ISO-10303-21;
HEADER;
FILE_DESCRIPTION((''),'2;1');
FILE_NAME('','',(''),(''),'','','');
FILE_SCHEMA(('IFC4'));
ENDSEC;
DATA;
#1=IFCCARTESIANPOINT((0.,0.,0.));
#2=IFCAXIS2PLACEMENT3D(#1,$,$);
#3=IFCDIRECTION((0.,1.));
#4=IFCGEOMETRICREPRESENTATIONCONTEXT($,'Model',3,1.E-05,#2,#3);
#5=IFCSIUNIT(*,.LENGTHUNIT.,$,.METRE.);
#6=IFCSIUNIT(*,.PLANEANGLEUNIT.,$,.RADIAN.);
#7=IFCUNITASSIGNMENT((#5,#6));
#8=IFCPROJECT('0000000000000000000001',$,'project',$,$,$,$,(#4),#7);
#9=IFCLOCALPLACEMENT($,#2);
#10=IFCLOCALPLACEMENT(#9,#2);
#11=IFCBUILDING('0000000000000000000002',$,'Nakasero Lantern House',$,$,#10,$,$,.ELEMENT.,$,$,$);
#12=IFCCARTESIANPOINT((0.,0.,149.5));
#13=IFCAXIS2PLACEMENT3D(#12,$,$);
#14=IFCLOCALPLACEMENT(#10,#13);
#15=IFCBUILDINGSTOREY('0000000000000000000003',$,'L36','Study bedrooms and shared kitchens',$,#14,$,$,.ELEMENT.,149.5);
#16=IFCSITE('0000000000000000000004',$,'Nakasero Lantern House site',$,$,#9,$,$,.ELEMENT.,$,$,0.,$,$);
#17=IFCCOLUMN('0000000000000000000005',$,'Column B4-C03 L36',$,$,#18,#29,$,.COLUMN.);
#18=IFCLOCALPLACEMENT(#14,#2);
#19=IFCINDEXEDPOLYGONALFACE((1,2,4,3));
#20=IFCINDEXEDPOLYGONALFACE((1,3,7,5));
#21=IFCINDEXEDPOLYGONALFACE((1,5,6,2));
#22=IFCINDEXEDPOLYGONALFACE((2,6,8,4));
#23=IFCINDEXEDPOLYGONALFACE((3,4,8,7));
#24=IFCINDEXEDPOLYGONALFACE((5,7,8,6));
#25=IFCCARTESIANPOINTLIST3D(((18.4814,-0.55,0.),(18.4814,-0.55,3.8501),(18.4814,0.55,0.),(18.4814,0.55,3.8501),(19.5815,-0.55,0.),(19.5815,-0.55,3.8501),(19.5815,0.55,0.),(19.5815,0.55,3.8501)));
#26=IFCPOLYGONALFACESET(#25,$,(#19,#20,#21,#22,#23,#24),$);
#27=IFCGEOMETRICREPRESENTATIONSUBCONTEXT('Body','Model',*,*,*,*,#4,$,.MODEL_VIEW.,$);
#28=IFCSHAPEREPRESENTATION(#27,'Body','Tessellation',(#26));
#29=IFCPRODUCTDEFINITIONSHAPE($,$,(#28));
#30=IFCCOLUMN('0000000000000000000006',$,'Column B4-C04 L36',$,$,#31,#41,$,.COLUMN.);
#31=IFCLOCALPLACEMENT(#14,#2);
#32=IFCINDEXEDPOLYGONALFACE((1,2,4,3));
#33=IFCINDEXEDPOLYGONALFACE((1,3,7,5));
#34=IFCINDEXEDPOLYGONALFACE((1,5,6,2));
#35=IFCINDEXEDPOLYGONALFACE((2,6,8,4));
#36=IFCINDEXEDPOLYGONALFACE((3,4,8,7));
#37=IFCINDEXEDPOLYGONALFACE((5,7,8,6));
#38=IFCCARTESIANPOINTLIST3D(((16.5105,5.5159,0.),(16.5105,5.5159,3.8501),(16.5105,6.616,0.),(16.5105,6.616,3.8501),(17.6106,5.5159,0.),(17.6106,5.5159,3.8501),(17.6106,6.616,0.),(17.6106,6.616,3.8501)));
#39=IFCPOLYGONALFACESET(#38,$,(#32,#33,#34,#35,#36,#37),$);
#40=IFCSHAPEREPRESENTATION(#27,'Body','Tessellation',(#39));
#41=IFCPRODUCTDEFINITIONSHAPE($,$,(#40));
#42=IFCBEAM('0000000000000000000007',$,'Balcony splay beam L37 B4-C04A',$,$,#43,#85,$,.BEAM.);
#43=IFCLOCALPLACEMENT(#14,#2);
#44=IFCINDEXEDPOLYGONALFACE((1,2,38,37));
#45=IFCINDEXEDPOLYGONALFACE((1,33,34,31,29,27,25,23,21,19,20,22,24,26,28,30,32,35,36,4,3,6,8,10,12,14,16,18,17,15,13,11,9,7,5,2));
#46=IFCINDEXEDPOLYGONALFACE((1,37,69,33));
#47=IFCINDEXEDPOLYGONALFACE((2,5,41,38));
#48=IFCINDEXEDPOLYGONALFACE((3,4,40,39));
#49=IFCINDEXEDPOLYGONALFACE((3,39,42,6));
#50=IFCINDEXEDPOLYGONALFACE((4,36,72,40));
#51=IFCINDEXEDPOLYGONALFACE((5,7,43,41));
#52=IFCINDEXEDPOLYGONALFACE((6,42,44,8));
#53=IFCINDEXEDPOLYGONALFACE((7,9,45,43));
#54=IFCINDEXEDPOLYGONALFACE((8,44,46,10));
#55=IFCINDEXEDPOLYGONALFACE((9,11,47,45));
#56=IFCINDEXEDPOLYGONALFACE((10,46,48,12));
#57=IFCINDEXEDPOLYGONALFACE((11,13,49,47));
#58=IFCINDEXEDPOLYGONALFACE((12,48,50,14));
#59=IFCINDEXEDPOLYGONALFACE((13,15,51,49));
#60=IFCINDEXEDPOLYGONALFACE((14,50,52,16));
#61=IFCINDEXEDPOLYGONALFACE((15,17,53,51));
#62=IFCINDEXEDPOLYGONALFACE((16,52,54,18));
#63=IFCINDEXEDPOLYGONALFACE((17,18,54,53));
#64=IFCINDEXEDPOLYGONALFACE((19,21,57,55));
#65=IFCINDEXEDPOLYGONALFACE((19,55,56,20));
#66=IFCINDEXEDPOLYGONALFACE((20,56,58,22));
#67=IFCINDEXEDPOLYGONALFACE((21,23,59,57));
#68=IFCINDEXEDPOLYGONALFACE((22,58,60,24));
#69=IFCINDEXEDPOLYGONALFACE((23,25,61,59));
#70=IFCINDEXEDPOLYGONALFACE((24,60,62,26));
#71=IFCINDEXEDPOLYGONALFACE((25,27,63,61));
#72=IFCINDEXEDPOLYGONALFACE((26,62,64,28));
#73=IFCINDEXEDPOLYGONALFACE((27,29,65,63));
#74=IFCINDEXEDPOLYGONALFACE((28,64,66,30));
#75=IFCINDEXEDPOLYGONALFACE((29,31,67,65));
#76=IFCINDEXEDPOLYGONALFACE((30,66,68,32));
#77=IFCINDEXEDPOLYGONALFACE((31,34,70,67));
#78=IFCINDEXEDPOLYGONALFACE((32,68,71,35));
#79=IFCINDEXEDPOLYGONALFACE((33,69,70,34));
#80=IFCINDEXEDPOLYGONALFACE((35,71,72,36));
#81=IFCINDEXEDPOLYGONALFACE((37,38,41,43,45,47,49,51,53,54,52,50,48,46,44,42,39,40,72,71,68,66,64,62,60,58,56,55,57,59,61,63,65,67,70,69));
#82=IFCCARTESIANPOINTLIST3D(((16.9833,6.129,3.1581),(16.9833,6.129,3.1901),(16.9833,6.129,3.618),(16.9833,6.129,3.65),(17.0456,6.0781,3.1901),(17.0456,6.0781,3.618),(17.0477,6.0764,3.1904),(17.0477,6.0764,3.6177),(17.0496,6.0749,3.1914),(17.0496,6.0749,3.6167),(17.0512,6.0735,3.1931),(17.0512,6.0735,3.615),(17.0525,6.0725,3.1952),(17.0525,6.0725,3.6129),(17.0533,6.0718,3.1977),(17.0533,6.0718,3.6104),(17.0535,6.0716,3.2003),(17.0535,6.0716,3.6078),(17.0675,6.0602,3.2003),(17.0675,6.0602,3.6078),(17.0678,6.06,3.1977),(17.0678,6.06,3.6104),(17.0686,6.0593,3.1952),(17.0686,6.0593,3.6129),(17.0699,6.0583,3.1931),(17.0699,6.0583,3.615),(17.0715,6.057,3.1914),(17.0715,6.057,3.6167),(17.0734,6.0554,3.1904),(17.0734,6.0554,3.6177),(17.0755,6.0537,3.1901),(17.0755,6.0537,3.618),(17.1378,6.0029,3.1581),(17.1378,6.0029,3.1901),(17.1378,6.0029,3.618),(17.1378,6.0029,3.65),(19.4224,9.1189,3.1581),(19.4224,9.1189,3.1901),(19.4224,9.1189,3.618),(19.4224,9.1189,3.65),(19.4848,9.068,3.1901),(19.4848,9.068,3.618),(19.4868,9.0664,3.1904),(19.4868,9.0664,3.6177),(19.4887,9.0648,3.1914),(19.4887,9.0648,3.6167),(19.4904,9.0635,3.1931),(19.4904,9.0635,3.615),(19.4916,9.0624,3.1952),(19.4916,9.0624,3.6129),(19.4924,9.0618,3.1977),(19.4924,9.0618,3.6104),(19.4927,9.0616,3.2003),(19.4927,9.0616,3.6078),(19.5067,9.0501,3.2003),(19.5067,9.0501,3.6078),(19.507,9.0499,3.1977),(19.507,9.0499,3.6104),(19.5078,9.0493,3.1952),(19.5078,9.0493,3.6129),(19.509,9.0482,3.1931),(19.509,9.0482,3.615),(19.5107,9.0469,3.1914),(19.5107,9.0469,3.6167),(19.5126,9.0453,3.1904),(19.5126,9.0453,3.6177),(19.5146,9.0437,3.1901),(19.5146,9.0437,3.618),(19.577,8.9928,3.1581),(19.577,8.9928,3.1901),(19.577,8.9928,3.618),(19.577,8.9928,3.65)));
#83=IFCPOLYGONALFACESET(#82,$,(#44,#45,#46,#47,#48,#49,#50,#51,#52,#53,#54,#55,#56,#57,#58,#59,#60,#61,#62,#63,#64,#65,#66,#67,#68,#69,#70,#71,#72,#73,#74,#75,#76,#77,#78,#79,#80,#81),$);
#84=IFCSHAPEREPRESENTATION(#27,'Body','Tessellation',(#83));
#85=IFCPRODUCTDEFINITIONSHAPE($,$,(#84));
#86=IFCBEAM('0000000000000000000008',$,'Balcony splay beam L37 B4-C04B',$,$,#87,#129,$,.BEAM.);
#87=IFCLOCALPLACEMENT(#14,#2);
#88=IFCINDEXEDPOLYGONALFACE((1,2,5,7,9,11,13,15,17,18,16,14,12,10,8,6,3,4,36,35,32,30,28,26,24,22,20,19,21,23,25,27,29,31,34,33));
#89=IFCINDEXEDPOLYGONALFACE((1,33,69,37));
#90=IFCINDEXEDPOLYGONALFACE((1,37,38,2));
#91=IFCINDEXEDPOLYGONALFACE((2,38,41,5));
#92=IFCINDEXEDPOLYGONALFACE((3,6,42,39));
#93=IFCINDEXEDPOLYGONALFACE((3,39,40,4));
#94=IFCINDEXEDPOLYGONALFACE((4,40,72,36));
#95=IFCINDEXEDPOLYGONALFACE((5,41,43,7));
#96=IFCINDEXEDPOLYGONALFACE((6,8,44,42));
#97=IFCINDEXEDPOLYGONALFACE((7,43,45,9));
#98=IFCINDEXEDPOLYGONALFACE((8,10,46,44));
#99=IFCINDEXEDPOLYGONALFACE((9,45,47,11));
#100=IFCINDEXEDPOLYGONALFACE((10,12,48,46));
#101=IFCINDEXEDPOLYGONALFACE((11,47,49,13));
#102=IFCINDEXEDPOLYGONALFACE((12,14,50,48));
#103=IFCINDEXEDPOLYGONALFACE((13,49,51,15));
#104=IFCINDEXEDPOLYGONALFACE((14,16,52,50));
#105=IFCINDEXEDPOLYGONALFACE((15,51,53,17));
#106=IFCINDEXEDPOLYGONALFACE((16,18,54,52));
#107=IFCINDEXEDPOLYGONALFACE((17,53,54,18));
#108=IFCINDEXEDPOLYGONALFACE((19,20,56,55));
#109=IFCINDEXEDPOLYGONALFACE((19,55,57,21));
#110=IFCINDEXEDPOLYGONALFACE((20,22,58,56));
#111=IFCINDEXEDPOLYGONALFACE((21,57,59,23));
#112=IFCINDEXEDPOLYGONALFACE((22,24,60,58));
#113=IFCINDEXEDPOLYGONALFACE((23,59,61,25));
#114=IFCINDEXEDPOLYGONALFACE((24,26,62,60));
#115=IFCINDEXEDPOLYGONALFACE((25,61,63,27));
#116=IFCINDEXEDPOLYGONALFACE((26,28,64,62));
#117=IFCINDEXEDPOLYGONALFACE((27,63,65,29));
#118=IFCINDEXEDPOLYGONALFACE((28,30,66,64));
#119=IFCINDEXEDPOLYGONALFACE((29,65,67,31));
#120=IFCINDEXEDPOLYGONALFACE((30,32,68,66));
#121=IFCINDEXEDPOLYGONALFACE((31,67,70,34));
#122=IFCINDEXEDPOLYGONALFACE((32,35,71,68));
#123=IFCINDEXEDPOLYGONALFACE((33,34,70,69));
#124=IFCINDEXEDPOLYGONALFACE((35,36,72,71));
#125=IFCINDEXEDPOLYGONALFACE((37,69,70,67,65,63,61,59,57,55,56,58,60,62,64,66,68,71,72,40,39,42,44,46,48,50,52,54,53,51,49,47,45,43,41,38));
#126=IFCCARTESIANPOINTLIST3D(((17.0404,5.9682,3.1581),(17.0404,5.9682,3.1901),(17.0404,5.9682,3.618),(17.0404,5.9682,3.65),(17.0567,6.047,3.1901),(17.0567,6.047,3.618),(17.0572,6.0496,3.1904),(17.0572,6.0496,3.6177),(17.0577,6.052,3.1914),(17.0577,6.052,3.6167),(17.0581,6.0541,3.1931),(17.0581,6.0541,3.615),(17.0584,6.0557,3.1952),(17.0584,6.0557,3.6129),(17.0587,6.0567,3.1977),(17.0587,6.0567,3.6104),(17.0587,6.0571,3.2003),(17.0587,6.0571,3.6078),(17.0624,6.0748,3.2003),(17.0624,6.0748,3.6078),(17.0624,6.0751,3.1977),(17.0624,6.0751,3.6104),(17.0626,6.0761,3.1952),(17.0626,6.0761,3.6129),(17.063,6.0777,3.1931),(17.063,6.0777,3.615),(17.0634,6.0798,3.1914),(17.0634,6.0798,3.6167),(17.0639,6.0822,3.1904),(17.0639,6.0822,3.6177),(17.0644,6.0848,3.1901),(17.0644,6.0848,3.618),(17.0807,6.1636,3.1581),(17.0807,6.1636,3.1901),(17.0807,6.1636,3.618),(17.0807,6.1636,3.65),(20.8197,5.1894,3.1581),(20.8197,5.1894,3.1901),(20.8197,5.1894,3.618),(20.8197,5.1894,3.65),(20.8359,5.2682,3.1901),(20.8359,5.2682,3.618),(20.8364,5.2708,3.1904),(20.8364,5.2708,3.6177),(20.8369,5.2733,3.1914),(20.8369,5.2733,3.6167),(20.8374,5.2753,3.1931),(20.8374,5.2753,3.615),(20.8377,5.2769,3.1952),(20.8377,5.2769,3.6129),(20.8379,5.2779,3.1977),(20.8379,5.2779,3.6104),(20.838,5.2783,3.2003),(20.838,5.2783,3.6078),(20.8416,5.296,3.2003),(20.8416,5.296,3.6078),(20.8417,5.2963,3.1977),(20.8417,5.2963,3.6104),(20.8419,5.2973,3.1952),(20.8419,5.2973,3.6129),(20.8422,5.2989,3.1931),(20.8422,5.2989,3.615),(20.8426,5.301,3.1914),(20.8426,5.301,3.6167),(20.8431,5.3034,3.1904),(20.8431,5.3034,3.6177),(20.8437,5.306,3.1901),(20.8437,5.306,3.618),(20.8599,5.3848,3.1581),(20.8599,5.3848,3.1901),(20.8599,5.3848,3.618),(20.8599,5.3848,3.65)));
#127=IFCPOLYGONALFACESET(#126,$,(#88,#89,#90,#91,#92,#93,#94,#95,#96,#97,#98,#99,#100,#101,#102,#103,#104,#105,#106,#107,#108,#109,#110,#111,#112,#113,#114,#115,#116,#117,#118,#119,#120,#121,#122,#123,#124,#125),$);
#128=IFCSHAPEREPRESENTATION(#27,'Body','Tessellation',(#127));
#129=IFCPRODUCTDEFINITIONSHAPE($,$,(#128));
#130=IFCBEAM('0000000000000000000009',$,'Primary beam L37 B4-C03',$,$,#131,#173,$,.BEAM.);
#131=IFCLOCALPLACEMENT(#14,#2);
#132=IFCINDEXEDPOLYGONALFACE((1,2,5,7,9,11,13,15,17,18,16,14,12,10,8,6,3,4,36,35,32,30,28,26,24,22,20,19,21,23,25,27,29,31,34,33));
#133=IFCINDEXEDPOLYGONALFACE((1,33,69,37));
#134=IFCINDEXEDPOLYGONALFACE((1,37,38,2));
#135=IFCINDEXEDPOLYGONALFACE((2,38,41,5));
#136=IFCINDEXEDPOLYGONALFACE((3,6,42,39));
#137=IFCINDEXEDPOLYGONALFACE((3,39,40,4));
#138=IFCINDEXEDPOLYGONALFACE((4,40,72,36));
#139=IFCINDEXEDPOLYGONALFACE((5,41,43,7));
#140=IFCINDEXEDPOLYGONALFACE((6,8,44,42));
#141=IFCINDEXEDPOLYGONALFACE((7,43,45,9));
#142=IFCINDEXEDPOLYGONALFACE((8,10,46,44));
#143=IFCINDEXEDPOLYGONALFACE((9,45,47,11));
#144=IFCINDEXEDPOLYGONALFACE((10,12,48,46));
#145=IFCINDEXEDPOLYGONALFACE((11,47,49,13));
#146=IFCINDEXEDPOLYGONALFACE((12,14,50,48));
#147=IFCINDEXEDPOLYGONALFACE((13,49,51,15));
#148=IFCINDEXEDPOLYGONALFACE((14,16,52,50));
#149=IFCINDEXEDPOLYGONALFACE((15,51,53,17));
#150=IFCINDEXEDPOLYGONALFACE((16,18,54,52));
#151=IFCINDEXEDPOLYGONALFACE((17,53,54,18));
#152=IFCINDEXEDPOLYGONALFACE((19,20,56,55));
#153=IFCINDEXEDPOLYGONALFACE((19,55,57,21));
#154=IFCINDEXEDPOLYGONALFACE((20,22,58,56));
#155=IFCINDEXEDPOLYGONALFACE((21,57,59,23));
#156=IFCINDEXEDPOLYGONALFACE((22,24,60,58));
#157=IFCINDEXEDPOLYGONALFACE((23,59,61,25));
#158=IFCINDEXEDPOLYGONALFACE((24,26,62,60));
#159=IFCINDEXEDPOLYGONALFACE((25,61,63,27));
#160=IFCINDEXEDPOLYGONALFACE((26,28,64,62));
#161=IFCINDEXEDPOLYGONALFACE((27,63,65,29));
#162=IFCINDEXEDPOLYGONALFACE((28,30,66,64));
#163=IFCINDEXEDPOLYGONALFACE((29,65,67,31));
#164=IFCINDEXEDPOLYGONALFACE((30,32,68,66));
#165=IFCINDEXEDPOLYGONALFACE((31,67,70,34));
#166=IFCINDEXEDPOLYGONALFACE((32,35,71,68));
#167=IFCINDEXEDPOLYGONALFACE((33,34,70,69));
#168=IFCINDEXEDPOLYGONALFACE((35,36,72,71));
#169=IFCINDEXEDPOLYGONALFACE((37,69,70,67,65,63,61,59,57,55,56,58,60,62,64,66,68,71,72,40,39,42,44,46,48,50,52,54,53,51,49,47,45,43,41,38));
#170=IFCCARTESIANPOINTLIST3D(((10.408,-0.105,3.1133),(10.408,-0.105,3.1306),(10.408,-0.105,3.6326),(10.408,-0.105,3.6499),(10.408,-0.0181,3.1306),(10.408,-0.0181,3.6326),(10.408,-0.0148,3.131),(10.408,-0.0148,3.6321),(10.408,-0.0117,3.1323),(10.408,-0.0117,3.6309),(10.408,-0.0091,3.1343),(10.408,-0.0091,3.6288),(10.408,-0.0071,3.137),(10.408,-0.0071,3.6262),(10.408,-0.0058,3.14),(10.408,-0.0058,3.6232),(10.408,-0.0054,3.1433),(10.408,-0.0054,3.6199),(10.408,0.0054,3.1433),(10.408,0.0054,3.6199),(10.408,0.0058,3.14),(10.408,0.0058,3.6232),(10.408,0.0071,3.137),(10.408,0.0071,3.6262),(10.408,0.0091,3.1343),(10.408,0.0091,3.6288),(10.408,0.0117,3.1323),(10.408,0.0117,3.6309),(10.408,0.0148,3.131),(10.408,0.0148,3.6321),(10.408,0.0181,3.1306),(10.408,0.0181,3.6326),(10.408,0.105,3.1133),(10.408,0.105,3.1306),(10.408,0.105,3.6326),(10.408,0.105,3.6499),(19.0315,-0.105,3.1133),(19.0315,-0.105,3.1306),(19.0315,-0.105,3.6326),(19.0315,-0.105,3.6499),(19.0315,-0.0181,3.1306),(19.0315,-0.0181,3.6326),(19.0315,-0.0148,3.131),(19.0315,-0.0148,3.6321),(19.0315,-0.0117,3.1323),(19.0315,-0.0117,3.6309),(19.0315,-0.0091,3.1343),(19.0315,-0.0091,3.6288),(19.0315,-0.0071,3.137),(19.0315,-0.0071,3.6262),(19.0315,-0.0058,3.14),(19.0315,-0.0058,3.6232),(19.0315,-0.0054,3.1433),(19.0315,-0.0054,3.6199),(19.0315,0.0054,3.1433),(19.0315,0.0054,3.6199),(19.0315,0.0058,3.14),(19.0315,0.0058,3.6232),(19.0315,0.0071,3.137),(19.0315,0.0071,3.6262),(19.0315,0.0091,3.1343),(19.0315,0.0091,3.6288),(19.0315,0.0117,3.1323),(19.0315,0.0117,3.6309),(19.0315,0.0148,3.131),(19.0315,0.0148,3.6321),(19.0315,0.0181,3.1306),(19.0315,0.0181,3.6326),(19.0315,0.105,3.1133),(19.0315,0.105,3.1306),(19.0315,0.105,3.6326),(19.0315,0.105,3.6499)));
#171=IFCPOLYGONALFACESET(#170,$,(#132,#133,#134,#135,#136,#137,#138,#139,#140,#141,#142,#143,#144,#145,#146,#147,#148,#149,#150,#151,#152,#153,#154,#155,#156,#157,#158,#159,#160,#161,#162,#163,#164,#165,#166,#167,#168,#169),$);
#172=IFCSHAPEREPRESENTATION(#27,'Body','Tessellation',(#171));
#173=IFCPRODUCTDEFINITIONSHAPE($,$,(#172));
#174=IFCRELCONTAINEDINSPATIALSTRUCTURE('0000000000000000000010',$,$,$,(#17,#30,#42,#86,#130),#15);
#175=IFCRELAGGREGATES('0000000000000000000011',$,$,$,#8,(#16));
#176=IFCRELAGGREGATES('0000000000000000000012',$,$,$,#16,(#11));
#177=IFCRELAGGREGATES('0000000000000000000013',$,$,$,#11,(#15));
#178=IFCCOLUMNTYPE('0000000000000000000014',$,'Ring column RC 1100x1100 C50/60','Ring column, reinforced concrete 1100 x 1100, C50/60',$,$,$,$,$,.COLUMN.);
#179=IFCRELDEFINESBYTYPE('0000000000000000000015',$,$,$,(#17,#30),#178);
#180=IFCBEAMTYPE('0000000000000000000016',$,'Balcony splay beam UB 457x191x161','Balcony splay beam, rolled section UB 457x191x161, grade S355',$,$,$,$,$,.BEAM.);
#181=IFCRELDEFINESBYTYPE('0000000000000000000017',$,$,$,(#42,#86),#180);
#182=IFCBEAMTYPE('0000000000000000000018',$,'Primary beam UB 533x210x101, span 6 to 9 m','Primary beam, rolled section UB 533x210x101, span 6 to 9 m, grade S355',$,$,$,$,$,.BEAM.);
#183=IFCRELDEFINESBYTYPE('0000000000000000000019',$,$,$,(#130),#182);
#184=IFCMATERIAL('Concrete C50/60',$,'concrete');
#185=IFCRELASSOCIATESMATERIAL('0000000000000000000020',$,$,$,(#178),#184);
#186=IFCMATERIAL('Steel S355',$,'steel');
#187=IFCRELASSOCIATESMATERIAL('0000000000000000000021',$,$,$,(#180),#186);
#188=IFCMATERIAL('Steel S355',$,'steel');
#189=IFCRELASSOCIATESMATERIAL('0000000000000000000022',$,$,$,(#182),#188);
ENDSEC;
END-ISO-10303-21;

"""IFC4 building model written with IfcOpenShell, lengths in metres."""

from ifc_helpers import new_model, si_unit, direction, frame, origin, origin_2d, place, context, subcontext, project, spatial, rectangle, i_section, extrude, material, material_profile, profile_set, type_object, element, save


model = new_model("IFC4")

# Units and contexts
model_context = context("Model", 3, precision=1e-05, world=origin(), true_north=direction((0.0, 1.0)))
body_context = subcontext(model_context, "Body", "Model", "MODEL_VIEW")
ifc_project = project(units=[si_unit("LENGTHUNIT", "METRE"), si_unit("PLANEANGLEUNIT", "RADIAN")], contexts=[model_context])

# Site, building, storey
site_placement = place(None, origin())
site = spatial("IfcSite", under=ifc_project, at=site_placement, Name="Nakasero Lantern House site", CompositionType="ELEMENT", RefElevation=0.0)
building_placement = place(site_placement, origin())
building = spatial("IfcBuilding", under=site, at=building_placement, Name="Nakasero Lantern House", CompositionType="ELEMENT")
storey_placement = place(building_placement, frame((0.0, 0.0, 149.5)))
storey = spatial("IfcBuildingStorey", under=building, at=storey_placement, Name="L36", Description="Study bedrooms and shared kitchens", CompositionType="ELEMENT", Elevation=149.5)

# Columns
ifc_material_1 = material(Name="Concrete C50/60", Category="concrete")
ifc_material_profile_1 = material_profile(ifc_material_1, rectangle(XDim=1.1001, YDim=1.1001, at=origin_2d()), Name="RC 1100x1100")
ifc_profile_set_1 = profile_set([ifc_material_profile_1], Name="Concrete C50/60")
column_type = type_object("IfcColumnType", Name="Ring column RC 1100x1100 C50/60", Description="Ring column, reinforced concrete 1100 x 1100, C50/60", PredefinedType="COLUMN", material=ifc_profile_set_1)
for number, where, z_axis, x_axis, name in (
    (1, (19.0315, 0.0, 0.0), (0.0, 0.0, 1.0), (1.0, 0.0, 0.0), "Column B4-C03 L36"),
    (2, (17.0605, 6.0659, 0.0), (0.0, 0.0, 1.0), (1.0, 0.0, 0.0), "Column B4-C04 L36"),
):
    element("IfcColumn", number, at=place(storey_placement, frame(where, z_axis=z_axis, x_axis=x_axis)), inside=storey, type_object=column_type, Name=name, PredefinedType="COLUMN", context=body_context, shape_type="SweptSolid", body=[
        extrude(rectangle(XDim=1.1001, YDim=1.1001, at=origin_2d()), origin(), (0.0, 0.0, 1.0), 3.8501),
    ])

# Beams
ifc_material_2 = material(Name="Steel S355", Category="steel")
ifc_material_profile_2 = material_profile(ifc_material_2, i_section(OverallWidth=0.1995, OverallDepth=0.4919, WebThickness=0.0181, FlangeThickness=0.032, FilletRadius=0.0103, at=origin_2d()), Name="UB 457x191x161")
ifc_profile_set_2 = profile_set([ifc_material_profile_2], Name="Steel S355")
beam_type_1 = type_object("IfcBeamType", Name="Balcony splay beam UB 457x191x161", Description="Balcony splay beam, rolled section UB 457x191x161, grade S355", PredefinedType="BEAM", material=ifc_profile_set_2)
for number, where, z_axis, x_axis, name in (
    (3, (17.0605, 6.0659, 3.4041), (0.632128, 0.774864, 0.0), (-0.774864, 0.632128, 0.0), "Balcony splay beam L37 B4-C04A"),
    (4, (17.0605, 6.0659, 3.4041), (0.97942, -0.201831, 0.0), (0.201831, 0.97942, 0.0), "Balcony splay beam L37 B4-C04B"),
):
    element("IfcBeam", number, at=place(storey_placement, frame(where, z_axis=z_axis, x_axis=x_axis)), inside=storey, type_object=beam_type_1, Name=name, PredefinedType="BEAM", context=body_context, shape_type="SweptSolid", body=[
        extrude(i_section(OverallWidth=0.1995, OverallDepth=0.4919, WebThickness=0.0181, FlangeThickness=0.032, FilletRadius=0.0103, at=origin_2d()), origin(), (0.0, 0.0, 1.0), 3.8586),
    ])
ifc_material_3 = material(Name="Steel S355", Category="steel")
ifc_material_profile_3 = material_profile(ifc_material_3, i_section(OverallWidth=0.21, OverallDepth=0.5366, WebThickness=0.0107, FlangeThickness=0.0173, FilletRadius=0.0127, at=origin_2d()), Name="UB 533x210x101")
ifc_profile_set_3 = profile_set([ifc_material_profile_3], Name="Steel S355")
beam_type_2 = type_object("IfcBeamType", Name="Primary beam UB 533x210x101, span 6 to 9 m", Description="Primary beam, rolled section UB 533x210x101, span 6 to 9 m, grade S355", PredefinedType="BEAM", material=ifc_profile_set_3)
beam_1_placement = place(storey_placement, frame((19.0315, 0.0, 3.3816), z_axis=(-1.0, 0.0, 0.0), x_axis=(0.0, -1.0, 0.0)))
element("IfcBeam", 5, at=beam_1_placement, inside=storey, type_object=beam_type_2, Name="Primary beam L37 B4-C03", PredefinedType="BEAM", context=body_context, shape_type="SweptSolid", body=[
    extrude(i_section(OverallWidth=0.21, OverallDepth=0.5366, WebThickness=0.0107, FlangeThickness=0.0173, FilletRadius=0.0127, at=origin_2d()), origin(), (0.0, 0.0, 1.0), 8.6235),
])

save(model, "model.ifc")
